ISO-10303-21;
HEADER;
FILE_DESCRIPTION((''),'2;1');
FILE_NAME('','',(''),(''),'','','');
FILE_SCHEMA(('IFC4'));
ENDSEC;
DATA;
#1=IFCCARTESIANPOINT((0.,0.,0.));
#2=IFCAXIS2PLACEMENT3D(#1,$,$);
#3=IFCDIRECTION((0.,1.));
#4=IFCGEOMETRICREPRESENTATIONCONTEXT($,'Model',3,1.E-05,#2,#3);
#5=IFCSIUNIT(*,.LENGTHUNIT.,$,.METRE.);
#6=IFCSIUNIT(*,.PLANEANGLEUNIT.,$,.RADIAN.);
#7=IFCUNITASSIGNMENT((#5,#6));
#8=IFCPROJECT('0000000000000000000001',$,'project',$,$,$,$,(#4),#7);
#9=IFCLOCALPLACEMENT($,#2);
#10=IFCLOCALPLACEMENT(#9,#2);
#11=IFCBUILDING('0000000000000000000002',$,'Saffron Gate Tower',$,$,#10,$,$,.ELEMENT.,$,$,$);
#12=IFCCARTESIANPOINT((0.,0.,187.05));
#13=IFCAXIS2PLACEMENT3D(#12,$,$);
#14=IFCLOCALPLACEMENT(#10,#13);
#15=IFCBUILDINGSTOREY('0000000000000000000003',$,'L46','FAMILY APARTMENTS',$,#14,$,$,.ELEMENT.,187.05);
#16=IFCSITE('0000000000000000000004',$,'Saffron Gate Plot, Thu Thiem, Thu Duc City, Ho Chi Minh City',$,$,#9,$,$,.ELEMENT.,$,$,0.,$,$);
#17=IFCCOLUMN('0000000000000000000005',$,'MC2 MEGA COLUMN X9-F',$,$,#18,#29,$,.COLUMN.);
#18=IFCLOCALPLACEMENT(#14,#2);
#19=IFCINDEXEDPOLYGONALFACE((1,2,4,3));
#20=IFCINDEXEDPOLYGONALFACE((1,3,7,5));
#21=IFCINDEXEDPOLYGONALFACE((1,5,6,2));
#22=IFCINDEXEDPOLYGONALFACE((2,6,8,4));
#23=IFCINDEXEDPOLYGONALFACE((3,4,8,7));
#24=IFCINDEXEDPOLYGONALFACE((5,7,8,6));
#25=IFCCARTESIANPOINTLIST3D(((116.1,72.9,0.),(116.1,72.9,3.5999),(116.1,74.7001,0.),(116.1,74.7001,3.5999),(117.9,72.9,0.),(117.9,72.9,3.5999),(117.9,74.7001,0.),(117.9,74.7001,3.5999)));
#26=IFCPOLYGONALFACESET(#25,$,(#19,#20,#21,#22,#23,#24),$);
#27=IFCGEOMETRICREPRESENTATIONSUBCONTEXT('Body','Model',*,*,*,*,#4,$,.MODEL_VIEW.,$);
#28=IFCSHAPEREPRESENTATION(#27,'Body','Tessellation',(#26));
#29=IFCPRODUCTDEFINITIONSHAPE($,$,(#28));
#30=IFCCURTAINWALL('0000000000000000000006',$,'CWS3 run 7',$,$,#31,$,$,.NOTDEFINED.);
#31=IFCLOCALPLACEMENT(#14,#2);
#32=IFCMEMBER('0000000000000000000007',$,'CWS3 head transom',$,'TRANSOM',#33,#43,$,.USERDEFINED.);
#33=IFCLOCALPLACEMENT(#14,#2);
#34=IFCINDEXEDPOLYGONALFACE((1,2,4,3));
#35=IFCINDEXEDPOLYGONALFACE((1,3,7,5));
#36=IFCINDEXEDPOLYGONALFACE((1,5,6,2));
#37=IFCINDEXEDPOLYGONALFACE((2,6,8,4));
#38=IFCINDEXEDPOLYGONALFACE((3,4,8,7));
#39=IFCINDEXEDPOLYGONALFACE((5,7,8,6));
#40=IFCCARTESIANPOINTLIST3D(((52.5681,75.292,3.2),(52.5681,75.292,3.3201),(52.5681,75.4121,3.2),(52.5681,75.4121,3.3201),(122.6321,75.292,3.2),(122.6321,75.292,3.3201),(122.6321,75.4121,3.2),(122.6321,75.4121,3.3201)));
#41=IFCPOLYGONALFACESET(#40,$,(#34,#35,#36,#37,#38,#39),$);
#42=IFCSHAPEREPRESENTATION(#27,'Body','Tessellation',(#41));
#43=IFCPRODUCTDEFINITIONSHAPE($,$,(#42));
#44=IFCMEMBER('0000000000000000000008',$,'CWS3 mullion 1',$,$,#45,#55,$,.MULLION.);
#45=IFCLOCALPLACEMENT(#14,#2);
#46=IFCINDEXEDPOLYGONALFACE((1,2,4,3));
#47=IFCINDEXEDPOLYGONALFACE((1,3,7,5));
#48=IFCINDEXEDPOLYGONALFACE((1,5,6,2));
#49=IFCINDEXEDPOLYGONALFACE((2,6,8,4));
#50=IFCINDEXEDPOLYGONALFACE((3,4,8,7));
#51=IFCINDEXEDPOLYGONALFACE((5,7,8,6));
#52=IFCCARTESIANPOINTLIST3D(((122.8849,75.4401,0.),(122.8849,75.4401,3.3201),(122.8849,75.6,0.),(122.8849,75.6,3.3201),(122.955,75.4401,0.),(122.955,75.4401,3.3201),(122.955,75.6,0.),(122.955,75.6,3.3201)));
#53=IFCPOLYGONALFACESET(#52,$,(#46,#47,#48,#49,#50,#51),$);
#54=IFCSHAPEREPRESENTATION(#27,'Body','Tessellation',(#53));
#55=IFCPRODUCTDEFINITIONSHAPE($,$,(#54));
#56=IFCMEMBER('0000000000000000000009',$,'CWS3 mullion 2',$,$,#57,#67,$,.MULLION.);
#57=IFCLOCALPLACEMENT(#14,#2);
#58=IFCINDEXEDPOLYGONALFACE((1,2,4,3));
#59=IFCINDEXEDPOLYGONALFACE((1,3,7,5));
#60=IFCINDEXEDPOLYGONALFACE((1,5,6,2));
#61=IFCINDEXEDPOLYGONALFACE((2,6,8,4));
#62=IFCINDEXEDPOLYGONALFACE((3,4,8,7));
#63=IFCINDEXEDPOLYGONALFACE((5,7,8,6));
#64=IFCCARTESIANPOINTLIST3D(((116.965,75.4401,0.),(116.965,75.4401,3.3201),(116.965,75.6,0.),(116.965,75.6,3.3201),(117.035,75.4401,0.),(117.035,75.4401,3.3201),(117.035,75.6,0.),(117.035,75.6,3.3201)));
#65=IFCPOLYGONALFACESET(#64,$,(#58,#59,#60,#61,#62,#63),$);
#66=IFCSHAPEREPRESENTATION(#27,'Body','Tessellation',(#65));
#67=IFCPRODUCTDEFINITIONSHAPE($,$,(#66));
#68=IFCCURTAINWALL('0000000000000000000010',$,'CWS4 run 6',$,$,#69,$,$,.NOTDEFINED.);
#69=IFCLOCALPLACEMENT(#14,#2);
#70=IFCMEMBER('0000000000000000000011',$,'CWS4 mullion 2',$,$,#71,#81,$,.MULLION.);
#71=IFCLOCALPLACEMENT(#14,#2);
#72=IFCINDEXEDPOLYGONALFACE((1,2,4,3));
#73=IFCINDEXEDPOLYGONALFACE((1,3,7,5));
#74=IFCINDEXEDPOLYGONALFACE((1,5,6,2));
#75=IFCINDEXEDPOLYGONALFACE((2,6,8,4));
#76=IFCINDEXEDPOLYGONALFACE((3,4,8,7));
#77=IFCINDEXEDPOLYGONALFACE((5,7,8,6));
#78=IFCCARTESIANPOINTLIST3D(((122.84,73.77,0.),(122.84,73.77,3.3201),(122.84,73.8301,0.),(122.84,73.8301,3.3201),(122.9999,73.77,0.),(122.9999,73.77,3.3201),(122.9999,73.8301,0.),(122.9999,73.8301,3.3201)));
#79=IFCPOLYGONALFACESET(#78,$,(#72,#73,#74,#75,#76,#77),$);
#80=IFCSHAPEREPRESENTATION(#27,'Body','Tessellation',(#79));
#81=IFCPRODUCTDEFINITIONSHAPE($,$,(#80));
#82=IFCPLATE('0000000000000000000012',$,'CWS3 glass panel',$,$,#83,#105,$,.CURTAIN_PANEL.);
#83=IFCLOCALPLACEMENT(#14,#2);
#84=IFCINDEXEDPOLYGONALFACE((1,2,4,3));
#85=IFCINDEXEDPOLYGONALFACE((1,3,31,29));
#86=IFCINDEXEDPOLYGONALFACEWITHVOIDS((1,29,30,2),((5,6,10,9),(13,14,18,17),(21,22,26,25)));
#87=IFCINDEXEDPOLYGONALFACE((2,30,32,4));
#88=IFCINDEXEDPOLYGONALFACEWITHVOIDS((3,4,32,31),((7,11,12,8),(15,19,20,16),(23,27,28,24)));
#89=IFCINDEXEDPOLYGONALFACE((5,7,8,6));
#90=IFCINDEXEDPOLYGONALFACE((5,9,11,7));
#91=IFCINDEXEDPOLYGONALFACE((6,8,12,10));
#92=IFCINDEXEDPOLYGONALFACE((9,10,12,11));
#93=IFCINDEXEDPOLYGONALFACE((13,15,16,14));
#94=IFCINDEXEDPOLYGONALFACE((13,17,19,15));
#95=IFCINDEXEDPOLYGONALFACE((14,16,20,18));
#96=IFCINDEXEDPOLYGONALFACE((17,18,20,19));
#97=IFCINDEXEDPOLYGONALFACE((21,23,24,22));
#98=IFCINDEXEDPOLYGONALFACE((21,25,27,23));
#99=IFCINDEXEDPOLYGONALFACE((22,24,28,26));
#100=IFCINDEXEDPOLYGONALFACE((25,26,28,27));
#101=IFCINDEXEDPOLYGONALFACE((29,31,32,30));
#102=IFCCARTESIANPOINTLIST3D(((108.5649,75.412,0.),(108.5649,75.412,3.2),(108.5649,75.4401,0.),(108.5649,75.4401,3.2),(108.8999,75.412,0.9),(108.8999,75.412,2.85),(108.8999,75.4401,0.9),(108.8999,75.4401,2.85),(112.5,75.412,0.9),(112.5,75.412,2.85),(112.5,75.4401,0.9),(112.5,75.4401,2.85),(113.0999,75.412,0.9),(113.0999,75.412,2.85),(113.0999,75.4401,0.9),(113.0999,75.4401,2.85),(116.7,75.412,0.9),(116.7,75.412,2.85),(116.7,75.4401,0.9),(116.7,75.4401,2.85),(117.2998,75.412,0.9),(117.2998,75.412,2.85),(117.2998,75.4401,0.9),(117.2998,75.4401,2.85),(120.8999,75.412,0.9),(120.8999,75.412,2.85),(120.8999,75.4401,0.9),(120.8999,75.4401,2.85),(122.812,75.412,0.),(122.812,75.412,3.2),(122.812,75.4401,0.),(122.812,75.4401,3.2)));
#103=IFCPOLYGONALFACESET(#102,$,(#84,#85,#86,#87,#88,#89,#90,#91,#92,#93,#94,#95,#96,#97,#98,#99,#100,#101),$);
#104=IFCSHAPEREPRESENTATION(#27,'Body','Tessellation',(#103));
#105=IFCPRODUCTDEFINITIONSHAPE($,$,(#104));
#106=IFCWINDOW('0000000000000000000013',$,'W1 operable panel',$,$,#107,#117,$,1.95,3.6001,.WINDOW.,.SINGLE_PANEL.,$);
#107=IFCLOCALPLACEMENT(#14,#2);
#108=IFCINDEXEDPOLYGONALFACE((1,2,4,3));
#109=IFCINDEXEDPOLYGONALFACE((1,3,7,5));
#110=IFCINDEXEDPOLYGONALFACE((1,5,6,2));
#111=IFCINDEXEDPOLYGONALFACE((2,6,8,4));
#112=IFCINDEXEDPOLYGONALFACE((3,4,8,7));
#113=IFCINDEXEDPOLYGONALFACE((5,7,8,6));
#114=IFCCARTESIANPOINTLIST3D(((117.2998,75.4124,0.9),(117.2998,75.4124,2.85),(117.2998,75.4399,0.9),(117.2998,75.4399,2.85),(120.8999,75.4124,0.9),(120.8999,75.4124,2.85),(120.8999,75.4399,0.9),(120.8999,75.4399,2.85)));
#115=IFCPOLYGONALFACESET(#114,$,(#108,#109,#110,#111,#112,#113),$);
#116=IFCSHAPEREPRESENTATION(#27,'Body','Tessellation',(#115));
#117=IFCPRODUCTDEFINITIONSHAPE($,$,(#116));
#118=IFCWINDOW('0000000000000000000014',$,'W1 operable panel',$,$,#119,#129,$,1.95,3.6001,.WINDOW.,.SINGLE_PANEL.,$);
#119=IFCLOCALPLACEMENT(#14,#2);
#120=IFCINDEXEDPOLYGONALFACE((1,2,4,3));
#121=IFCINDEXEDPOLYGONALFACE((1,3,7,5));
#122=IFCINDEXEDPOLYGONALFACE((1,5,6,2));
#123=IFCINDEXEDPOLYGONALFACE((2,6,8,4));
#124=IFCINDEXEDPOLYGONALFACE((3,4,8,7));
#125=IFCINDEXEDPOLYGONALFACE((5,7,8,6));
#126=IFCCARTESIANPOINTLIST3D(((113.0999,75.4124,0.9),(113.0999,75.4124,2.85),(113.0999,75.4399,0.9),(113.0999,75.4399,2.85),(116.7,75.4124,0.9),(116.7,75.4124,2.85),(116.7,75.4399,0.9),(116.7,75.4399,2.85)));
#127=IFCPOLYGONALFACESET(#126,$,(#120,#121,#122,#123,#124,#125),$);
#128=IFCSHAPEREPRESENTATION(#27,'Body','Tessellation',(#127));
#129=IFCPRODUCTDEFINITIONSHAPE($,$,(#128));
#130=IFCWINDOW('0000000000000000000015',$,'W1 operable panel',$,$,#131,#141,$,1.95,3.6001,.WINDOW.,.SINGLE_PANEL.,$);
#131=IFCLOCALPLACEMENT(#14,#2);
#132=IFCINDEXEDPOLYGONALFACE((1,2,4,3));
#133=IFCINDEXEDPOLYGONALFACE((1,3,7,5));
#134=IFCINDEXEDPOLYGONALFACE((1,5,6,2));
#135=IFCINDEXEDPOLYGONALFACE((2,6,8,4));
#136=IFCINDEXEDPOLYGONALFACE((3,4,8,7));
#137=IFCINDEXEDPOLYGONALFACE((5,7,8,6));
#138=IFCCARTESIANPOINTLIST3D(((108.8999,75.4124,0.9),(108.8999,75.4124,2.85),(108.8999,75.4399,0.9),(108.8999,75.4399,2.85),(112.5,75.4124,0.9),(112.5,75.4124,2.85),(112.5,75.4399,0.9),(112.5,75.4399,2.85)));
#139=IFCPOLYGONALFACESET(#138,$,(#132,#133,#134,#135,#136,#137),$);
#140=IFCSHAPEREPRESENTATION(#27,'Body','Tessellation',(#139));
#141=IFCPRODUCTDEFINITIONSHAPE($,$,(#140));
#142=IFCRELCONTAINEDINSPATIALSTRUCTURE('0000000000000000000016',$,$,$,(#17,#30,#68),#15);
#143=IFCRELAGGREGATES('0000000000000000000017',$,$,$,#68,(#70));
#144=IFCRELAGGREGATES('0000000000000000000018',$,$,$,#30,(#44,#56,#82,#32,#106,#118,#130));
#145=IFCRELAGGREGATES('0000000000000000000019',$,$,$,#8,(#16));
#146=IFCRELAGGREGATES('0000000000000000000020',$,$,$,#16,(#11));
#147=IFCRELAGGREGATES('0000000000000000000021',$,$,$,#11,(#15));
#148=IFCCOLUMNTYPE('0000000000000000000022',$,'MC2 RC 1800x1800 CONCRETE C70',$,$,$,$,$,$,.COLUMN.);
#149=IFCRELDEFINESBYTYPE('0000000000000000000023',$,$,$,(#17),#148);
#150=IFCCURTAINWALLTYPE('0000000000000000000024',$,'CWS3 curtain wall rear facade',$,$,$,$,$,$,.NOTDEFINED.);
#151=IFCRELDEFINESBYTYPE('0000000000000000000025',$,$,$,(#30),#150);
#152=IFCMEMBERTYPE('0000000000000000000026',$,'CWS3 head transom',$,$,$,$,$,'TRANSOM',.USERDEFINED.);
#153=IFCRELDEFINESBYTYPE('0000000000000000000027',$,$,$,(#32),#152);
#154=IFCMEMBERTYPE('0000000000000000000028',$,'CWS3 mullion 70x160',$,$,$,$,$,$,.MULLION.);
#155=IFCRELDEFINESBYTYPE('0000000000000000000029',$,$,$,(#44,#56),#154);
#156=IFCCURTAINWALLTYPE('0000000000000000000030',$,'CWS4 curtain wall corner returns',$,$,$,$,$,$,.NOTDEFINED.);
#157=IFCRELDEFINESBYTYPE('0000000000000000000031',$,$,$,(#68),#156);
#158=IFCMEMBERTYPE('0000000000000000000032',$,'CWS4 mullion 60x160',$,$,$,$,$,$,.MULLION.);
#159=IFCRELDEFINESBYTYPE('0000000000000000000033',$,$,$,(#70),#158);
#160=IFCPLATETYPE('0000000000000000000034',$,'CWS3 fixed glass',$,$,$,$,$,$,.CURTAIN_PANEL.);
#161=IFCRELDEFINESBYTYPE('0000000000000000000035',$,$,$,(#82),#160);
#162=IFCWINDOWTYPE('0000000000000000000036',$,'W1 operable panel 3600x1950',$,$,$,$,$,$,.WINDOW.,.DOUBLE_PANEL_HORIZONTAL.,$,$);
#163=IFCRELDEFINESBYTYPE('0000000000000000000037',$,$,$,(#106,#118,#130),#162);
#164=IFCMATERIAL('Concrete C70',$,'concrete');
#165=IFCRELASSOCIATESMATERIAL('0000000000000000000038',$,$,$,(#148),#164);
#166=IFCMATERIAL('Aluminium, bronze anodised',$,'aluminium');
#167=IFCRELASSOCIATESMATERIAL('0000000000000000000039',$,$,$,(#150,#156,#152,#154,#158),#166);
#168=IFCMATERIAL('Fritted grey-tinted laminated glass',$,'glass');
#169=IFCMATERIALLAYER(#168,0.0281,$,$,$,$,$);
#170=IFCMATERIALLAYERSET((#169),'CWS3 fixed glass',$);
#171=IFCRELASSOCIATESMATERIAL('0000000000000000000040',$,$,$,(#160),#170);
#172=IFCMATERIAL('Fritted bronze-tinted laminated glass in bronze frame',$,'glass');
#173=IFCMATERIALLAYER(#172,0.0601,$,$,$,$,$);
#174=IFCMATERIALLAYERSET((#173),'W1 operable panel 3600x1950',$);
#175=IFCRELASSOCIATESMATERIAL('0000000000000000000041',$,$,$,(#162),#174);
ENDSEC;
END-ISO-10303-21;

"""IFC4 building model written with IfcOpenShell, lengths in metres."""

from ifc_helpers import new_model, si_unit, direction, frame, frame_2d, origin, origin_2d, place, context, subcontext, project, spatial, rectangle, extrude, material, layer, layer_set, material_profile, profile_set, type_object, element, fill, aggregate, save


model = new_model("IFC4")

# Units and contexts
model_context = context("Model", 3, precision=1e-05, world=origin(), true_north=direction((0.0, 1.0)))
body_context = subcontext(model_context, "Body", "Model", "MODEL_VIEW")
ifc_project = project(units=[si_unit("LENGTHUNIT", "METRE"), si_unit("PLANEANGLEUNIT", "RADIAN")], contexts=[model_context])

# Site, building, storey
site_placement = place(None, origin())
site = spatial("IfcSite", under=ifc_project, at=site_placement, Name="Saffron Gate Plot, Thu Thiem, Thu Duc City, Ho Chi Minh City", CompositionType="ELEMENT", RefElevation=0.0)
building_placement = place(site_placement, origin())
building = spatial("IfcBuilding", under=site, at=building_placement, Name="Saffron Gate Tower", CompositionType="ELEMENT")
storey_placement = place(building_placement, frame((0.0, 0.0, 187.05)))
storey = spatial("IfcBuildingStorey", under=building, at=storey_placement, Name="L46", Description="FAMILY APARTMENTS", CompositionType="ELEMENT", Elevation=187.05)

# Column
ifc_material_1 = material(Name="Concrete C70", Category="concrete")
ifc_material_profile_1 = material_profile(ifc_material_1, rectangle(XDim=1.8, YDim=1.8, at=origin_2d()))
ifc_profile_set_1 = profile_set([ifc_material_profile_1], Name="Concrete C70")
column_type = type_object("IfcColumnType", Name="MC2 RC 1800x1800 CONCRETE C70", PredefinedType="COLUMN", material=ifc_profile_set_1)
column_placement = place(storey_placement, frame((117.0, 73.8, 0.0), z_axis=(0.0, 0.0, 1.0), x_axis=(1.0, 0.0, 0.0)))
element("IfcColumn", 1, at=column_placement, inside=storey, type_object=column_type, Name="MC2 MEGA COLUMN X9-F", PredefinedType="COLUMN", context=body_context, shape_type="SweptSolid", body=[
    extrude(rectangle(XDim=1.8, YDim=1.8, at=origin_2d()), origin(), (0.0, 0.0, 1.0), 3.5999),
])

# Curtain wall, members
ifc_material_2 = material(Name="Aluminium, bronze anodised", Category="aluminium")
curtain_wall_type_1 = type_object("IfcCurtainWallType", Name="CWS3 curtain wall rear facade", PredefinedType="NOTDEFINED", material=ifc_material_2)
curtain_wall_1_placement = place(storey_placement, origin())
curtain_wall_1 = element("IfcCurtainWall", 2, at=curtain_wall_1_placement, inside=storey, type_object=curtain_wall_type_1, Name="CWS3 run 7", PredefinedType="NOTDEFINED")
ifc_material_profile_2 = material_profile(ifc_material_2, rectangle(XDim=0.1201, YDim=0.1201, at=origin_2d()))
ifc_profile_set_2 = profile_set([ifc_material_profile_2], Name="Aluminium, bronze anodised")
member_type_1 = type_object("IfcMemberType", Name="CWS3 head transom", ElementType="TRANSOM", PredefinedType="USERDEFINED", material=ifc_profile_set_2)
member_1_placement = place(storey_placement, frame((122.6321, 75.3521, 3.26), z_axis=(-1.0, 0.0, 0.0), x_axis=(0.0, -1.0, 0.0)))
member_1 = element("IfcMember", 3, at=member_1_placement, type_object=member_type_1, Name="CWS3 head transom", ObjectType="TRANSOM", PredefinedType="USERDEFINED", context=body_context, shape_type="SweptSolid", body=[
    extrude(rectangle(XDim=0.1201, YDim=0.1201, at=origin_2d()), origin(), (0.0, 0.0, 1.0), 70.064),
])
ifc_material_profile_3 = material_profile(ifc_material_2, rectangle(XDim=0.1599, YDim=0.0701, at=origin_2d()))
ifc_profile_set_3 = profile_set([ifc_material_profile_3], Name="Aluminium, bronze anodised")
member_type_2 = type_object("IfcMemberType", Name="CWS3 mullion 70x160", PredefinedType="MULLION", material=ifc_profile_set_3)
member_2_placement = place(storey_placement, frame((122.9199, 75.52, 0.0), z_axis=(0.0, 0.0, 1.0), x_axis=(0.0, -1.0, 0.0)))
member_2 = element("IfcMember", 4, at=member_2_placement, type_object=member_type_2, Name="CWS3 mullion 1", PredefinedType="MULLION", context=body_context, shape_type="SweptSolid", body=[
    extrude(rectangle(XDim=0.1599, YDim=0.0701, at=origin_2d()), origin(), (0.0, 0.0, 1.0), 3.3201),
])
member_3_placement = place(storey_placement, frame((117.0, 75.52, 0.0), z_axis=(0.0, 0.0, 1.0), x_axis=(0.0, -1.0, 0.0)))
member_3 = element("IfcMember", 5, at=member_3_placement, type_object=member_type_2, Name="CWS3 mullion 2", PredefinedType="MULLION", context=body_context, shape_type="SweptSolid", body=[
    extrude(rectangle(XDim=0.1599, YDim=0.0701, at=origin_2d()), origin(), (0.0, 0.0, 1.0), 3.3201),
])

# Curtain wall, member
curtain_wall_type_2 = type_object("IfcCurtainWallType", Name="CWS4 curtain wall corner returns", PredefinedType="NOTDEFINED", material=ifc_material_2)
curtain_wall_2_placement = place(storey_placement, origin())
curtain_wall_2 = element("IfcCurtainWall", 6, at=curtain_wall_2_placement, inside=storey, type_object=curtain_wall_type_2, Name="CWS4 run 6", PredefinedType="NOTDEFINED")
ifc_material_profile_4 = material_profile(ifc_material_2, rectangle(XDim=0.1599, YDim=0.0601, at=origin_2d()))
ifc_profile_set_4 = profile_set([ifc_material_profile_4], Name="Aluminium, bronze anodised")
member_type_3 = type_object("IfcMemberType", Name="CWS4 mullion 60x160", PredefinedType="MULLION", material=ifc_profile_set_4)
member_4_placement = place(storey_placement, frame((122.9199, 73.8, 0.0), z_axis=(0.0, 0.0, 1.0), x_axis=(-1.0, 0.0, 0.0)))
member_4 = element("IfcMember", 7, at=member_4_placement, type_object=member_type_3, Name="CWS4 mullion 2", PredefinedType="MULLION", context=body_context, shape_type="SweptSolid", body=[
    extrude(rectangle(XDim=0.1599, YDim=0.0601, at=origin_2d()), origin(), (0.0, 0.0, 1.0), 3.3201),
])
aggregate(curtain_wall_2, [member_4])

# Plate, openings, windows
ifc_material_3 = material(Name="Fritted grey-tinted laminated glass", Category="glass")
ifc_layer_1 = layer(ifc_material_3, 0.0281)
ifc_layer_set_1 = layer_set([ifc_layer_1], Name="CWS3 fixed glass")
plate_type = type_object("IfcPlateType", Name="CWS3 fixed glass", PredefinedType="CURTAIN_PANEL", material=ifc_layer_set_1)
plate_placement = place(storey_placement, frame((122.812, 75.426, 0.0), z_axis=(0.0, 0.0, 1.0), x_axis=(-1.0, 0.0, 0.0)))
plate = element("IfcPlate", 8, at=plate_placement, type_object=plate_type, Name="CWS3 glass panel", PredefinedType="CURTAIN_PANEL", context=body_context, shape_type="SweptSolid", body=[
    extrude(rectangle(XDim=14.2471, YDim=0.0281, at=frame_2d((7.1235, 0.0))), origin(), (0.0, 0.0, 1.0), 3.2),
])
opening_1_placement = place(plate_placement, frame((1.9121, 0.0, 0.8999)))
opening_1 = element("IfcOpeningElement", 9, at=opening_1_placement, cuts=plate, PredefinedType="OPENING", context=body_context, shape_type="SweptSolid", body=[
    extrude(rectangle(XDim=3.6001, YDim=1.95, at=frame_2d((1.8, 0.9751))), frame((0.0, 0.0239, 0.0), z_axis=(0.0, -1.0, 0.0), x_axis=(1.0, 0.0, 0.0)), (0.0, 0.0, 1.0), 0.0481),
])
opening_2_placement = place(plate_placement, frame((6.1121, 0.0, 0.8999)))
opening_2 = element("IfcOpeningElement", 10, at=opening_2_placement, cuts=plate, PredefinedType="OPENING", context=body_context, shape_type="SweptSolid", body=[
    extrude(rectangle(XDim=3.6001, YDim=1.95, at=frame_2d((1.8, 0.9751))), frame((0.0, 0.0239, 0.0), z_axis=(0.0, -1.0, 0.0), x_axis=(1.0, 0.0, 0.0)), (0.0, 0.0, 1.0), 0.0481),
])
opening_3_placement = place(plate_placement, frame((10.312, 0.0, 0.8999)))
opening_3 = element("IfcOpeningElement", 11, at=opening_3_placement, cuts=plate, PredefinedType="OPENING", context=body_context, shape_type="SweptSolid", body=[
    extrude(rectangle(XDim=3.6001, YDim=1.95, at=frame_2d((1.8, 0.9751))), frame((0.0, 0.0239, 0.0), z_axis=(0.0, -1.0, 0.0), x_axis=(1.0, 0.0, 0.0)), (0.0, 0.0, 1.0), 0.0481),
])
ifc_material_4 = material(Name="Fritted bronze-tinted laminated glass in bronze frame", Category="glass")
ifc_layer_2 = layer(ifc_material_4, 0.0601)
ifc_layer_set_2 = layer_set([ifc_layer_2], Name="W1 operable panel 3600x1950")
window_type = type_object("IfcWindowType", Name="W1 operable panel 3600x1950", PartitioningType="DOUBLE_PANEL_HORIZONTAL", PredefinedType="WINDOW", material=ifc_layer_set_2)
window_1_placement = place(opening_1_placement, origin())
window_1 = element("IfcWindow", 12, at=window_1_placement, type_object=window_type, Name="W1 operable panel", OverallHeight=1.95, OverallWidth=3.6001, PartitioningType="SINGLE_PANEL", PredefinedType="WINDOW", context=body_context, shape_type="SweptSolid", body=[
    extrude(rectangle(XDim=3.6001, YDim=1.95, at=frame_2d((1.8, 0.9751))), frame((0.0, 0.0137, 0.0), z_axis=(0.0, -1.0, 0.0), x_axis=(1.0, 0.0, 0.0)), (0.0, 0.0, 1.0), 0.0276),
])
fill(opening_1, window_1)
window_2_placement = place(opening_2_placement, origin())
window_2 = element("IfcWindow", 13, at=window_2_placement, type_object=window_type, Name="W1 operable panel", OverallHeight=1.95, OverallWidth=3.6001, PartitioningType="SINGLE_PANEL", PredefinedType="WINDOW", context=body_context, shape_type="SweptSolid", body=[
    extrude(rectangle(XDim=3.6001, YDim=1.95, at=frame_2d((1.8, 0.9751))), frame((0.0, 0.0137, 0.0), z_axis=(0.0, -1.0, 0.0), x_axis=(1.0, 0.0, 0.0)), (0.0, 0.0, 1.0), 0.0276),
])
fill(opening_2, window_2)
window_3_placement = place(opening_3_placement, origin())
window_3 = element("IfcWindow", 14, at=window_3_placement, type_object=window_type, Name="W1 operable panel", OverallHeight=1.95, OverallWidth=3.6001, PartitioningType="SINGLE_PANEL", PredefinedType="WINDOW", context=body_context, shape_type="SweptSolid", body=[
    extrude(rectangle(XDim=3.6001, YDim=1.95, at=frame_2d((1.8, 0.9751))), frame((0.0, 0.0137, 0.0), z_axis=(0.0, -1.0, 0.0), x_axis=(1.0, 0.0, 0.0)), (0.0, 0.0, 1.0), 0.0276),
])
fill(opening_3, window_3)
aggregate(curtain_wall_1, [member_2, member_3, plate, member_1, window_1, window_2, window_3])

save(model, "model.ifc")
